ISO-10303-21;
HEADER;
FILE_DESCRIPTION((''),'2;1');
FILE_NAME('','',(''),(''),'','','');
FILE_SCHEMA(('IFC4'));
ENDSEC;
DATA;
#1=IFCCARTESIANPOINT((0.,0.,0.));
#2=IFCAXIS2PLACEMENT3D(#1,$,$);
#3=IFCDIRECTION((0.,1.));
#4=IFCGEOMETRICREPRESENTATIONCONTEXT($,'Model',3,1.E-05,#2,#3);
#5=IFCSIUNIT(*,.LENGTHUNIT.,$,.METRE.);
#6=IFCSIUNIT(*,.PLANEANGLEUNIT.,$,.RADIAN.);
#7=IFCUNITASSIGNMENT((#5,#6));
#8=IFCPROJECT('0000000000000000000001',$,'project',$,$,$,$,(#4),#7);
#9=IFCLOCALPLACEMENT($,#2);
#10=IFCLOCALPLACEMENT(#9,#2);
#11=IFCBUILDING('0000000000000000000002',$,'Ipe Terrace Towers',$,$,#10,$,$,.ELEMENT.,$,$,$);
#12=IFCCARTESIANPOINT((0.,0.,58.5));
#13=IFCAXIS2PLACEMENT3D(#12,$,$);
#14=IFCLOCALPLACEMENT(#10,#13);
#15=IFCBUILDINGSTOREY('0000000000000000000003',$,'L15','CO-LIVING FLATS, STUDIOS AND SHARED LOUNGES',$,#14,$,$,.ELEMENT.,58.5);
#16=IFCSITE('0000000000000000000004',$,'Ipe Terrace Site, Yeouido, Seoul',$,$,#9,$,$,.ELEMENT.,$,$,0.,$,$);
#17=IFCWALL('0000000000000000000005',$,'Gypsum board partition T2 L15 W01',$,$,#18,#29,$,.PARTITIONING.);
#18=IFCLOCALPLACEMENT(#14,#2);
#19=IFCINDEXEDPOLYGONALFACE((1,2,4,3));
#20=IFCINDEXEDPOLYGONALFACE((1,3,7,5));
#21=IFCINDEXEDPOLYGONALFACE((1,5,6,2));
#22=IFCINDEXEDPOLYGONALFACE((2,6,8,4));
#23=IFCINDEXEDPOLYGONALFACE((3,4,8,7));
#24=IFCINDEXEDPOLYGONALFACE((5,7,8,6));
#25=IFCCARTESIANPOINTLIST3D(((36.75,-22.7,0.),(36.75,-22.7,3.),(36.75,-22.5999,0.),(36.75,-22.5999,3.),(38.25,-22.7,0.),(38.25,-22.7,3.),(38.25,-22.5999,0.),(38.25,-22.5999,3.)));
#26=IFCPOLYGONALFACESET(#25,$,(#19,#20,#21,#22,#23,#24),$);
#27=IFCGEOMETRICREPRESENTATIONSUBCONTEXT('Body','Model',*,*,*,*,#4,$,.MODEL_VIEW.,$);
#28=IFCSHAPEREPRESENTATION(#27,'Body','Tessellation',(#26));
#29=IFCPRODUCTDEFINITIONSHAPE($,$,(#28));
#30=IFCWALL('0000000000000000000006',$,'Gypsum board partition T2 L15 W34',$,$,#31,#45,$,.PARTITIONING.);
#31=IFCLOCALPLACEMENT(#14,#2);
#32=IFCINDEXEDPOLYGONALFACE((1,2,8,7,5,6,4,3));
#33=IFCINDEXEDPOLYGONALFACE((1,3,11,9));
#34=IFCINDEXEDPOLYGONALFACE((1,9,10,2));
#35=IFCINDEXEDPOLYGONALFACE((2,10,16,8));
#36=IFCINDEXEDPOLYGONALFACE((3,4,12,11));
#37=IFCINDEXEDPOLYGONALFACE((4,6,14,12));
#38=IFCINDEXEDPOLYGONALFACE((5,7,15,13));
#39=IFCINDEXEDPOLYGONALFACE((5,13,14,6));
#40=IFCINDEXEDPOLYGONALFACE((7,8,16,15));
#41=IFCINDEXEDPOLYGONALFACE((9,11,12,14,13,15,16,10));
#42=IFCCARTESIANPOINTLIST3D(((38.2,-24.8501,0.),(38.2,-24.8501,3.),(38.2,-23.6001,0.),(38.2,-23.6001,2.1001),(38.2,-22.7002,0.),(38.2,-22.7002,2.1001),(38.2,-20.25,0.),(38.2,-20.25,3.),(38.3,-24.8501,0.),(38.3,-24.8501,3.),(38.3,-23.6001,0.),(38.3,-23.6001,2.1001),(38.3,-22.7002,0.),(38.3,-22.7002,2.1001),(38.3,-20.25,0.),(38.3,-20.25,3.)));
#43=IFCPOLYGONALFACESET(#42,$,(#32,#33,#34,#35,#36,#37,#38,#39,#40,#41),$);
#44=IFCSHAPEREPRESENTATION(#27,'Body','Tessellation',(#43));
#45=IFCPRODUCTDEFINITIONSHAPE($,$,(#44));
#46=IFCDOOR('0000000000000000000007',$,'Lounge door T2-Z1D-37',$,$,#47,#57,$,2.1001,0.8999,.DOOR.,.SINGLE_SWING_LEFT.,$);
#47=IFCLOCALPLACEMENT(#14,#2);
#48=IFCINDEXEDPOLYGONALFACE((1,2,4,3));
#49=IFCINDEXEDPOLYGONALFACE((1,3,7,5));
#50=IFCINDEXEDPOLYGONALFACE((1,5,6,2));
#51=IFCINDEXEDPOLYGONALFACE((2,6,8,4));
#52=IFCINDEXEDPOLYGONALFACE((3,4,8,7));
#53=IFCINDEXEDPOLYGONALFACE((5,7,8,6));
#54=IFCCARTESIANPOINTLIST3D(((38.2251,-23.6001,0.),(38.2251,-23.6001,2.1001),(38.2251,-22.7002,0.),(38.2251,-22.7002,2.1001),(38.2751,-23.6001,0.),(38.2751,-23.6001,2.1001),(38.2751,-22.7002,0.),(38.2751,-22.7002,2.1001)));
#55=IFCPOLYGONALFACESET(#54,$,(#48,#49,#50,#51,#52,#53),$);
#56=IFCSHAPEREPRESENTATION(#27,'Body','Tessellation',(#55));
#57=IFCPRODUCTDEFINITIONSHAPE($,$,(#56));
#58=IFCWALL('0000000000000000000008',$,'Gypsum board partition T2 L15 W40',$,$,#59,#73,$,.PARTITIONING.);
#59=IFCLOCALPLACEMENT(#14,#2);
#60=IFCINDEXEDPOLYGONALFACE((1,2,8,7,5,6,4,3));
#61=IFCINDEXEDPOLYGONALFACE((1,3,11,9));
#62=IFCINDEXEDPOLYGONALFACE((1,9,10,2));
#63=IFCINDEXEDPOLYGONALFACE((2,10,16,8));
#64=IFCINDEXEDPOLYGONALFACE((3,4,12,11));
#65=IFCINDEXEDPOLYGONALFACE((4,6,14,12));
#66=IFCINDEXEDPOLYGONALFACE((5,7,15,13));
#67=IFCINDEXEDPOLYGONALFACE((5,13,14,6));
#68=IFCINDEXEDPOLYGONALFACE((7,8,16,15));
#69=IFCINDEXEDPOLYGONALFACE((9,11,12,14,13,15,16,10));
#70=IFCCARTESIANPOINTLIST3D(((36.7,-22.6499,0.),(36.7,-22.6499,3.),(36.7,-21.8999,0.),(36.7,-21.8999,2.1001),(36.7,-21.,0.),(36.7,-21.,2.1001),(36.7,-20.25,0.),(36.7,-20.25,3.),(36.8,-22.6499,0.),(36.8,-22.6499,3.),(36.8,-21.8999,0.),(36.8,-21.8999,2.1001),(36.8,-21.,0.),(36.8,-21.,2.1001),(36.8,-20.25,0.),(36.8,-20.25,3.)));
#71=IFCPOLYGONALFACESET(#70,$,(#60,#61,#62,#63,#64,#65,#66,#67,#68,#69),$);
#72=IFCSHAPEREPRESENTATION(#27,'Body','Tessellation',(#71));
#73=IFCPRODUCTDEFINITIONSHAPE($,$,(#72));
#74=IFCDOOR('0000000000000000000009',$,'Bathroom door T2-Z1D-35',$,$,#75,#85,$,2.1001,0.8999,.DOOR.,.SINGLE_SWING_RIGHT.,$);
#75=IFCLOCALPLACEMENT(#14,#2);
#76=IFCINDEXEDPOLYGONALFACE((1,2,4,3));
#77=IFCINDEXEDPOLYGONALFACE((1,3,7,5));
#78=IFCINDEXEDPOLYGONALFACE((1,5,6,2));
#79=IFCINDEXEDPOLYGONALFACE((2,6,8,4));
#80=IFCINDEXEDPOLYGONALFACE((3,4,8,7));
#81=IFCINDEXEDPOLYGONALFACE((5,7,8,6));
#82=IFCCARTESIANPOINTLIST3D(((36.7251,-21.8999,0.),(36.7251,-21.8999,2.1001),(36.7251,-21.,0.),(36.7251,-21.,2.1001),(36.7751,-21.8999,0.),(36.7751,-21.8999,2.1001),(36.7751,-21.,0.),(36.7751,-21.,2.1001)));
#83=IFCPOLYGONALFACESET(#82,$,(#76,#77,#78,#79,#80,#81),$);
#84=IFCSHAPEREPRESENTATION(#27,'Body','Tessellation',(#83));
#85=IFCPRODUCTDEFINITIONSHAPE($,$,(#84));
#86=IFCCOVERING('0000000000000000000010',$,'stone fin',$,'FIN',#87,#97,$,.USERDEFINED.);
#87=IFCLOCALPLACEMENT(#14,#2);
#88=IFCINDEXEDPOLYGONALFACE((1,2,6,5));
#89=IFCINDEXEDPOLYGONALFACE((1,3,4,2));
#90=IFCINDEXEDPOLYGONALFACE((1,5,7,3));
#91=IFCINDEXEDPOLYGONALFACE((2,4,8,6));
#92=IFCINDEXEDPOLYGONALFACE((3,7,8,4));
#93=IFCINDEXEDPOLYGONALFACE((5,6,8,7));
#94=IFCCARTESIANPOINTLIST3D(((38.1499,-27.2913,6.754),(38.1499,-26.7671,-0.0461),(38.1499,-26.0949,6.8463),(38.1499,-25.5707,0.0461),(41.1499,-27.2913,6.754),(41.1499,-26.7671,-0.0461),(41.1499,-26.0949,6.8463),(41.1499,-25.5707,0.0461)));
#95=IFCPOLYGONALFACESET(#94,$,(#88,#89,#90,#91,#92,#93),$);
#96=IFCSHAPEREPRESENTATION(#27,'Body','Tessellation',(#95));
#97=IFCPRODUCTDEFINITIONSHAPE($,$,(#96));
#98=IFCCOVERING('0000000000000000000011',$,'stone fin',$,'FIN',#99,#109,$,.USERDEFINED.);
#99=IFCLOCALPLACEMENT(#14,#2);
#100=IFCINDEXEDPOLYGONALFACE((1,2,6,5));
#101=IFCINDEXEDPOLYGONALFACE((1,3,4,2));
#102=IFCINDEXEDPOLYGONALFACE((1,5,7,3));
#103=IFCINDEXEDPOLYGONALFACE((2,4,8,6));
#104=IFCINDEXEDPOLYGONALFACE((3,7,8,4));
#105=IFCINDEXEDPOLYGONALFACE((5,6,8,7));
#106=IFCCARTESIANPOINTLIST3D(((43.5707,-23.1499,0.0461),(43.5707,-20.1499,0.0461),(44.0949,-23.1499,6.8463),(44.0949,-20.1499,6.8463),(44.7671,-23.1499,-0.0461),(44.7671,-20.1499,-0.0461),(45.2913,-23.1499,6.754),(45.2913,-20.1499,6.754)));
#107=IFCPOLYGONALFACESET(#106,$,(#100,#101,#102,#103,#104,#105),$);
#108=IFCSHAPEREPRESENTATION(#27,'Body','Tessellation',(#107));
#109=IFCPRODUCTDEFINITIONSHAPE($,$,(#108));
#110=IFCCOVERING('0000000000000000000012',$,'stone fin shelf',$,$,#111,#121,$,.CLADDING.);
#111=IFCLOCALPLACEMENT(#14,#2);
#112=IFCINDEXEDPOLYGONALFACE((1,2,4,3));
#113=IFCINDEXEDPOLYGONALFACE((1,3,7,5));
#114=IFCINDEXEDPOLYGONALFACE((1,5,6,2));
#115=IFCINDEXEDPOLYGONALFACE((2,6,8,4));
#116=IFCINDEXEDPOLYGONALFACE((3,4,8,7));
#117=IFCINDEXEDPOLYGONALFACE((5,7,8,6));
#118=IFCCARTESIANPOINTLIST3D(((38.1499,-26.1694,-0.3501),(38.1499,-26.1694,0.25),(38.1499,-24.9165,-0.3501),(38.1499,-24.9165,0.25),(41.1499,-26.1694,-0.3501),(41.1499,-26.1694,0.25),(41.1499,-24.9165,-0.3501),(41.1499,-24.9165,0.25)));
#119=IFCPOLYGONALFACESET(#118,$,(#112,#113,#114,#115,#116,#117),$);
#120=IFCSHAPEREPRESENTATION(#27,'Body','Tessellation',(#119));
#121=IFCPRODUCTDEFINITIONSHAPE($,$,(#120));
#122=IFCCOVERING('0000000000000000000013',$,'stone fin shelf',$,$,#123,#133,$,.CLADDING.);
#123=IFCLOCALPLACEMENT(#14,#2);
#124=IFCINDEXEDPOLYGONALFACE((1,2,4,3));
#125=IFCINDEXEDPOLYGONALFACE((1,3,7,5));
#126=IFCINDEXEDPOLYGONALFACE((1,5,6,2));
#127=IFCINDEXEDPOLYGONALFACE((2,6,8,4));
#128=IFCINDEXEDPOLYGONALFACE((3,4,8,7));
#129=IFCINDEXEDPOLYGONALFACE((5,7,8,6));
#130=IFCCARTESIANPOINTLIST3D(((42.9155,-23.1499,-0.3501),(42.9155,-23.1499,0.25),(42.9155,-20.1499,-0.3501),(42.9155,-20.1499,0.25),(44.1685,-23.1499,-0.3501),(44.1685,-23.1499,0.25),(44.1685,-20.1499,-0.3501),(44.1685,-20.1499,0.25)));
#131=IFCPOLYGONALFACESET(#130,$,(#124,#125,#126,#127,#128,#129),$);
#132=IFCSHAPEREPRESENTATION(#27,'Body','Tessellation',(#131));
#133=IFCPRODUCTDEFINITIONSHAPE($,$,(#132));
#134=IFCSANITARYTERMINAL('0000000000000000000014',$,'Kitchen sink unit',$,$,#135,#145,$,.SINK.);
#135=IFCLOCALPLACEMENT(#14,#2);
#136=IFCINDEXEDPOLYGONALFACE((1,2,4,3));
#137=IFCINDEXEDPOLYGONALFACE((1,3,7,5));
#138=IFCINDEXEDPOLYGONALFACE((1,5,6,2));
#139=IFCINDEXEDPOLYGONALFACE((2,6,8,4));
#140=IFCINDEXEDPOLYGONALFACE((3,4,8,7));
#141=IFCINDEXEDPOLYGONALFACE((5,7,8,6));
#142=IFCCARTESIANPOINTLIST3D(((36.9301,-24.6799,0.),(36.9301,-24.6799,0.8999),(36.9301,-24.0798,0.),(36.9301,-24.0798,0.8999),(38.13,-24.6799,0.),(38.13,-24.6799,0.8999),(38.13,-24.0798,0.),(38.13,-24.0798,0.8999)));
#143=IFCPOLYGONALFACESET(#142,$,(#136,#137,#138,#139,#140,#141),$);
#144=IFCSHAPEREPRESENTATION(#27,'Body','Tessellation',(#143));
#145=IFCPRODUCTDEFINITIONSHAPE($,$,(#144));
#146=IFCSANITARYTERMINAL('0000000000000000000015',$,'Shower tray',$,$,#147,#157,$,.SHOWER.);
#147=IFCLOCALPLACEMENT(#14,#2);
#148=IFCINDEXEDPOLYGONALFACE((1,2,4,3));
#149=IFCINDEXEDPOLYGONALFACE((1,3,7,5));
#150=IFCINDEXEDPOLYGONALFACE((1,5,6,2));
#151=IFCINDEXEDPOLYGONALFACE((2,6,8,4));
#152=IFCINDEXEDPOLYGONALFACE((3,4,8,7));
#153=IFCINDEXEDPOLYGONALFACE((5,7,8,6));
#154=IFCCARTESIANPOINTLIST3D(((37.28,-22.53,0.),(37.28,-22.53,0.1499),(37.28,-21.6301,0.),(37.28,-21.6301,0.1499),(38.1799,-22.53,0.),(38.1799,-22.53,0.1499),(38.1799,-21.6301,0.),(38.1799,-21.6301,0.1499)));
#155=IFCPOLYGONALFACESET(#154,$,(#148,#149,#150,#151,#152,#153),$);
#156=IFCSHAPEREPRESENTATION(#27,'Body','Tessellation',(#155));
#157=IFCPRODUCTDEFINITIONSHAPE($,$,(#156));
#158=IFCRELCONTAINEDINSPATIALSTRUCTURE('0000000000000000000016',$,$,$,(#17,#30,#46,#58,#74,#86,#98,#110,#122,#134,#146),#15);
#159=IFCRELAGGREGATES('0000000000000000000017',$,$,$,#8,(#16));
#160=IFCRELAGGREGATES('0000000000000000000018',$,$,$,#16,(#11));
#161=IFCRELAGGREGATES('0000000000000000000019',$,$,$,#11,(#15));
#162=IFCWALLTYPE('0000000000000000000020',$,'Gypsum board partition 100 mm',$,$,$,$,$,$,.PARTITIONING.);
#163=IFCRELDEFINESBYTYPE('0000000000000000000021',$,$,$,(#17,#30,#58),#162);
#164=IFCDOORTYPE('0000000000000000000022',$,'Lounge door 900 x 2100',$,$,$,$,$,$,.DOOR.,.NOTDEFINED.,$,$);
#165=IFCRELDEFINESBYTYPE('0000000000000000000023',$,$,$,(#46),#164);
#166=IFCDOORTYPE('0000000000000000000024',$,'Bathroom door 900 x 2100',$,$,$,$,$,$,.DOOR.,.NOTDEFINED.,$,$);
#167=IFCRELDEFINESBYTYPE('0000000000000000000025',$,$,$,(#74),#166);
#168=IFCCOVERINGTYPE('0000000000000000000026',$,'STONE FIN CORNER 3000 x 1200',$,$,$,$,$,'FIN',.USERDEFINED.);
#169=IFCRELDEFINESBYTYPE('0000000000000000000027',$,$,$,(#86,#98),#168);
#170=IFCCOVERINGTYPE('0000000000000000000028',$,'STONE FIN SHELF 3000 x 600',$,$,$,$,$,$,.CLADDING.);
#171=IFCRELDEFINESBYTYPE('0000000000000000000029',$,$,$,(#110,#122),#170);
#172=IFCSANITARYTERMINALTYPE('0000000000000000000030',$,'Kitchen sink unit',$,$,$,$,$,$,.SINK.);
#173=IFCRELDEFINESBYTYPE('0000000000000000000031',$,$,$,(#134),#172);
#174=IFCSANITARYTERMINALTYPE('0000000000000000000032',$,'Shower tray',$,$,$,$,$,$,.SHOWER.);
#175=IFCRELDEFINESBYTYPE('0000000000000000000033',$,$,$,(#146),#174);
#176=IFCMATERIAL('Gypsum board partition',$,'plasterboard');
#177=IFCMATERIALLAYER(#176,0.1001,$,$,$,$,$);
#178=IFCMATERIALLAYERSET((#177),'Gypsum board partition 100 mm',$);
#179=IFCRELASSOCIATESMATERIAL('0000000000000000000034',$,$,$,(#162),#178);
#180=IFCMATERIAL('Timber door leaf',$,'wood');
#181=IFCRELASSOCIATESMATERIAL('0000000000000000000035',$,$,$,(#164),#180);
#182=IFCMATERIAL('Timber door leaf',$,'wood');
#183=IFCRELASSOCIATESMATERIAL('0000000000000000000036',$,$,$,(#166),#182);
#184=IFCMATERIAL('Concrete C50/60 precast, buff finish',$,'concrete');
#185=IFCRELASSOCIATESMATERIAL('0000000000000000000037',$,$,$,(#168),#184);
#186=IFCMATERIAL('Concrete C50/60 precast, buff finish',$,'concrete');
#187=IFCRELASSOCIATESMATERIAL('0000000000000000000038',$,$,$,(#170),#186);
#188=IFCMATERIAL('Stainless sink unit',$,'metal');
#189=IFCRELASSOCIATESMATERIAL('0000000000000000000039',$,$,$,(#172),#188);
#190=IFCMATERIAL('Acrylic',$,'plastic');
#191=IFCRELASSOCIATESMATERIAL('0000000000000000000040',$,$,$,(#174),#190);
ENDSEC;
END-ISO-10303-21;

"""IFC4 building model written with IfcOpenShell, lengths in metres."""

from ifc_helpers import new_model, si_unit, direction, frame, frame_2d, origin, origin_2d, place, context, subcontext, project, spatial, rectangle, extrude, material, layer, layer_set, material_profile, profile_set, type_object, element, fill, save


model = new_model("IFC4")

# Units and contexts
model_context = context("Model", 3, precision=1e-05, world=origin(), true_north=direction((0.0, 1.0)))
body_context = subcontext(model_context, "Body", "Model", "MODEL_VIEW")
ifc_project = project(units=[si_unit("LENGTHUNIT", "METRE"), si_unit("PLANEANGLEUNIT", "RADIAN")], contexts=[model_context])

# Site, building, storey
site_placement = place(None, origin())
site = spatial("IfcSite", under=ifc_project, at=site_placement, Name="Ipe Terrace Site, Yeouido, Seoul", CompositionType="ELEMENT", RefElevation=0.0)
building_placement = place(site_placement, origin())
building = spatial("IfcBuilding", under=site, at=building_placement, Name="Ipe Terrace Towers", CompositionType="ELEMENT")
storey_placement = place(building_placement, frame((0.0, 0.0, 58.5)))
storey = spatial("IfcBuildingStorey", under=building, at=storey_placement, Name="L15", Description="CO-LIVING FLATS, STUDIOS AND SHARED LOUNGES", CompositionType="ELEMENT", Elevation=58.5)

# Wall
ifc_material_1 = material(Name="Gypsum board partition", Category="plasterboard")
ifc_layer_1 = layer(ifc_material_1, 0.1001)
ifc_layer_set_1 = layer_set([ifc_layer_1], Name="Gypsum board partition 100 mm")
wall_type_1 = type_object("IfcWallType", Name="Gypsum board partition 100 mm", PredefinedType="PARTITIONING", material=ifc_layer_set_1)
wall_1_placement = place(storey_placement, frame((38.25, -22.6499, 0.0), z_axis=(0.0, 0.0, 1.0), x_axis=(-1.0, 0.0, 0.0)))
element("IfcWall", 1, at=wall_1_placement, inside=storey, type_object=wall_type_1, Name="Gypsum board partition T2 L15 W01", PredefinedType="PARTITIONING", context=body_context, shape_type="SweptSolid", body=[
    extrude(rectangle(XDim=1.5, YDim=0.1001, at=frame_2d((0.75, 0.0))), origin(), (0.0, 0.0, 1.0), 3.0),
])

# Walls, openings, doors
wall_2_placement = place(storey_placement, frame((38.25, -24.8501, 0.0), z_axis=(0.0, 0.0, 1.0), x_axis=(0.0, 1.0, 0.0)))
wall_2 = element("IfcWall", 2, at=wall_2_placement, inside=storey, type_object=wall_type_1, Name="Gypsum board partition T2 L15 W34", PredefinedType="PARTITIONING", context=body_context, shape_type="SweptSolid", body=[
    extrude(rectangle(XDim=4.6001, YDim=0.1001, at=frame_2d((2.3, 0.0))), origin(), (0.0, 0.0, 1.0), 3.0),
])
opening_1_placement = place(wall_2_placement, frame((1.25, 0.0, 0.0)))
opening_1 = element("IfcOpeningElement", 3, at=opening_1_placement, cuts=wall_2, PredefinedType="OPENING", context=body_context, shape_type="SweptSolid", body=[
    extrude(rectangle(XDim=0.8999, YDim=2.1001, at=frame_2d((0.45, 1.05))), frame((0.0, 0.0601, 0.0), z_axis=(0.0, -1.0, 0.0), x_axis=(1.0, 0.0, 0.0)), (0.0, 0.0, 1.0), 0.1201),
])
ifc_material_2 = material(Name="Timber door leaf", Category="wood")
door_type_1 = type_object("IfcDoorType", Name="Lounge door 900 x 2100", OperationType="NOTDEFINED", PredefinedType="DOOR", material=ifc_material_2)
door_1_placement = place(opening_1_placement, origin())
door_1 = element("IfcDoor", 4, at=door_1_placement, inside=storey, type_object=door_type_1, Name="Lounge door T2-Z1D-37", OperationType="SINGLE_SWING_LEFT", OverallHeight=2.1001, OverallWidth=0.8999, PredefinedType="DOOR", context=body_context, shape_type="SweptSolid", body=[
    extrude(rectangle(XDim=0.8999, YDim=2.1001, at=frame_2d((0.45, 1.05))), frame((0.0, 0.0249, 0.0), z_axis=(0.0, -1.0, 0.0), x_axis=(1.0, 0.0, 0.0)), (0.0, 0.0, 1.0), 0.05),
])
fill(opening_1, door_1)
wall_3_placement = place(storey_placement, frame((36.75, -22.6499, 0.0), z_axis=(0.0, 0.0, 1.0), x_axis=(0.0, 1.0, 0.0)))
wall_3 = element("IfcWall", 5, at=wall_3_placement, inside=storey, type_object=wall_type_1, Name="Gypsum board partition T2 L15 W40", PredefinedType="PARTITIONING", context=body_context, shape_type="SweptSolid", body=[
    extrude(rectangle(XDim=2.3999, YDim=0.1001, at=frame_2d((1.2, 0.0))), origin(), (0.0, 0.0, 1.0), 3.0),
])
opening_2_placement = place(wall_3_placement, frame((0.75, 0.0, 0.0)))
opening_2 = element("IfcOpeningElement", 6, at=opening_2_placement, cuts=wall_3, PredefinedType="OPENING", context=body_context, shape_type="SweptSolid", body=[
    extrude(rectangle(XDim=0.8999, YDim=2.1001, at=frame_2d((0.45, 1.05))), frame((0.0, 0.0601, 0.0), z_axis=(0.0, -1.0, 0.0), x_axis=(1.0, 0.0, 0.0)), (0.0, 0.0, 1.0), 0.1201),
])
ifc_material_3 = material(Name="Timber door leaf", Category="wood")
door_type_2 = type_object("IfcDoorType", Name="Bathroom door 900 x 2100", OperationType="NOTDEFINED", PredefinedType="DOOR", material=ifc_material_3)
door_2_placement = place(opening_2_placement, origin())
door_2 = element("IfcDoor", 7, at=door_2_placement, inside=storey, type_object=door_type_2, Name="Bathroom door T2-Z1D-35", OperationType="SINGLE_SWING_RIGHT", OverallHeight=2.1001, OverallWidth=0.8999, PredefinedType="DOOR", context=body_context, shape_type="SweptSolid", body=[
    extrude(rectangle(XDim=0.8999, YDim=2.1001, at=frame_2d((0.45, 1.05))), frame((0.0, 0.0249, 0.0), z_axis=(0.0, -1.0, 0.0), x_axis=(1.0, 0.0, 0.0)), (0.0, 0.0, 1.0), 0.05),
])
fill(opening_2, door_2)

# Coverings
ifc_material_4 = material(Name="Concrete C50/60 precast, buff finish", Category="concrete")
ifc_material_profile_1 = material_profile(ifc_material_4, rectangle(XDim=3.0, YDim=1.2, at=origin_2d()), Name="STONE FIN CORNER 3000 x 1200")
ifc_profile_set_1 = profile_set([ifc_material_profile_1], Name="Concrete C50/60 precast, buff finish")
covering_type_1 = type_object("IfcCoveringType", Name="STONE FIN CORNER 3000 x 1200", ElementType="FIN", PredefinedType="USERDEFINED", material=ifc_profile_set_1)
for number, where, z_axis, x_axis, name in (
    (8, (39.6499, -26.1689, 0.0), (0.0, -0.076855, 0.997042), (1.0, 0.0, 0.0), "stone fin"),
    (9, (44.1689, -21.6499, 0.0), (0.076855, 0.0, 0.997042), (0.0, 1.0, 0.0), "stone fin"),
):
    element("IfcCovering", number, at=place(storey_placement, frame(where, z_axis=z_axis, x_axis=x_axis)), inside=storey, type_object=covering_type_1, Name=name, ObjectType="FIN", PredefinedType="USERDEFINED", context=body_context, shape_type="SweptSolid", body=[
        extrude(rectangle(XDim=3.0, YDim=1.2, at=origin_2d()), origin(), (0.0, 0.0, 1.0), 6.8203),
    ])
ifc_material_5 = material(Name="Concrete C50/60 precast, buff finish", Category="concrete")
covering_type_2 = type_object("IfcCoveringType", Name="STONE FIN SHELF 3000 x 600", PredefinedType="CLADDING", material=ifc_material_5)
for number, where, z_axis, x_axis, name in (
    (10, (39.6499, -25.543, -0.3501), (0.0, 0.0, 1.0), (1.0, 0.0, 0.0), "stone fin shelf"),
    (11, (43.542, -21.6499, -0.3501), (0.0, 0.0, 1.0), (0.0, 1.0, 0.0), "stone fin shelf"),
):
    element("IfcCovering", number, at=place(storey_placement, frame(where, z_axis=z_axis, x_axis=x_axis)), inside=storey, type_object=covering_type_2, Name=name, PredefinedType="CLADDING", context=body_context, shape_type="SweptSolid", body=[
        extrude(rectangle(XDim=3.0, YDim=1.2529, at=origin_2d()), origin(), (0.0, 0.0, 1.0), 0.6001),
    ])

# Sanitary terminals
ifc_material_6 = material(Name="Stainless sink unit", Category="metal")
sanitary_terminal_type_1 = type_object("IfcSanitaryTerminalType", Name="Kitchen sink unit", PredefinedType="SINK", material=ifc_material_6)
sanitary_terminal_1_placement = place(storey_placement, frame((37.53, -24.3799, 0.0), z_axis=(0.0, 0.0, 1.0), x_axis=(-1.0, 0.0, 0.0)))
element("IfcSanitaryTerminal", 12, at=sanitary_terminal_1_placement, inside=storey, type_object=sanitary_terminal_type_1, Name="Kitchen sink unit", PredefinedType="SINK", context=body_context, shape_type="SweptSolid", body=[
    extrude(rectangle(XDim=1.2, YDim=0.6001, at=origin_2d()), origin(), (0.0, 0.0, 1.0), 0.8999),
])
ifc_material_7 = material(Name="Acrylic", Category="plastic")
sanitary_terminal_type_2 = type_object("IfcSanitaryTerminalType", Name="Shower tray", PredefinedType="SHOWER", material=ifc_material_7)
sanitary_terminal_2_placement = place(storey_placement, frame((37.73, -22.0801, 0.0), z_axis=(0.0, 0.0, 1.0), x_axis=(-1.0, 0.0, 0.0)))
element("IfcSanitaryTerminal", 13, at=sanitary_terminal_2_placement, inside=storey, type_object=sanitary_terminal_type_2, Name="Shower tray", PredefinedType="SHOWER", context=body_context, shape_type="SweptSolid", body=[
    extrude(rectangle(XDim=0.8999, YDim=0.8999, at=origin_2d()), origin(), (0.0, 0.0, 1.0), 0.1499),
])

save(model, "model.ifc")
